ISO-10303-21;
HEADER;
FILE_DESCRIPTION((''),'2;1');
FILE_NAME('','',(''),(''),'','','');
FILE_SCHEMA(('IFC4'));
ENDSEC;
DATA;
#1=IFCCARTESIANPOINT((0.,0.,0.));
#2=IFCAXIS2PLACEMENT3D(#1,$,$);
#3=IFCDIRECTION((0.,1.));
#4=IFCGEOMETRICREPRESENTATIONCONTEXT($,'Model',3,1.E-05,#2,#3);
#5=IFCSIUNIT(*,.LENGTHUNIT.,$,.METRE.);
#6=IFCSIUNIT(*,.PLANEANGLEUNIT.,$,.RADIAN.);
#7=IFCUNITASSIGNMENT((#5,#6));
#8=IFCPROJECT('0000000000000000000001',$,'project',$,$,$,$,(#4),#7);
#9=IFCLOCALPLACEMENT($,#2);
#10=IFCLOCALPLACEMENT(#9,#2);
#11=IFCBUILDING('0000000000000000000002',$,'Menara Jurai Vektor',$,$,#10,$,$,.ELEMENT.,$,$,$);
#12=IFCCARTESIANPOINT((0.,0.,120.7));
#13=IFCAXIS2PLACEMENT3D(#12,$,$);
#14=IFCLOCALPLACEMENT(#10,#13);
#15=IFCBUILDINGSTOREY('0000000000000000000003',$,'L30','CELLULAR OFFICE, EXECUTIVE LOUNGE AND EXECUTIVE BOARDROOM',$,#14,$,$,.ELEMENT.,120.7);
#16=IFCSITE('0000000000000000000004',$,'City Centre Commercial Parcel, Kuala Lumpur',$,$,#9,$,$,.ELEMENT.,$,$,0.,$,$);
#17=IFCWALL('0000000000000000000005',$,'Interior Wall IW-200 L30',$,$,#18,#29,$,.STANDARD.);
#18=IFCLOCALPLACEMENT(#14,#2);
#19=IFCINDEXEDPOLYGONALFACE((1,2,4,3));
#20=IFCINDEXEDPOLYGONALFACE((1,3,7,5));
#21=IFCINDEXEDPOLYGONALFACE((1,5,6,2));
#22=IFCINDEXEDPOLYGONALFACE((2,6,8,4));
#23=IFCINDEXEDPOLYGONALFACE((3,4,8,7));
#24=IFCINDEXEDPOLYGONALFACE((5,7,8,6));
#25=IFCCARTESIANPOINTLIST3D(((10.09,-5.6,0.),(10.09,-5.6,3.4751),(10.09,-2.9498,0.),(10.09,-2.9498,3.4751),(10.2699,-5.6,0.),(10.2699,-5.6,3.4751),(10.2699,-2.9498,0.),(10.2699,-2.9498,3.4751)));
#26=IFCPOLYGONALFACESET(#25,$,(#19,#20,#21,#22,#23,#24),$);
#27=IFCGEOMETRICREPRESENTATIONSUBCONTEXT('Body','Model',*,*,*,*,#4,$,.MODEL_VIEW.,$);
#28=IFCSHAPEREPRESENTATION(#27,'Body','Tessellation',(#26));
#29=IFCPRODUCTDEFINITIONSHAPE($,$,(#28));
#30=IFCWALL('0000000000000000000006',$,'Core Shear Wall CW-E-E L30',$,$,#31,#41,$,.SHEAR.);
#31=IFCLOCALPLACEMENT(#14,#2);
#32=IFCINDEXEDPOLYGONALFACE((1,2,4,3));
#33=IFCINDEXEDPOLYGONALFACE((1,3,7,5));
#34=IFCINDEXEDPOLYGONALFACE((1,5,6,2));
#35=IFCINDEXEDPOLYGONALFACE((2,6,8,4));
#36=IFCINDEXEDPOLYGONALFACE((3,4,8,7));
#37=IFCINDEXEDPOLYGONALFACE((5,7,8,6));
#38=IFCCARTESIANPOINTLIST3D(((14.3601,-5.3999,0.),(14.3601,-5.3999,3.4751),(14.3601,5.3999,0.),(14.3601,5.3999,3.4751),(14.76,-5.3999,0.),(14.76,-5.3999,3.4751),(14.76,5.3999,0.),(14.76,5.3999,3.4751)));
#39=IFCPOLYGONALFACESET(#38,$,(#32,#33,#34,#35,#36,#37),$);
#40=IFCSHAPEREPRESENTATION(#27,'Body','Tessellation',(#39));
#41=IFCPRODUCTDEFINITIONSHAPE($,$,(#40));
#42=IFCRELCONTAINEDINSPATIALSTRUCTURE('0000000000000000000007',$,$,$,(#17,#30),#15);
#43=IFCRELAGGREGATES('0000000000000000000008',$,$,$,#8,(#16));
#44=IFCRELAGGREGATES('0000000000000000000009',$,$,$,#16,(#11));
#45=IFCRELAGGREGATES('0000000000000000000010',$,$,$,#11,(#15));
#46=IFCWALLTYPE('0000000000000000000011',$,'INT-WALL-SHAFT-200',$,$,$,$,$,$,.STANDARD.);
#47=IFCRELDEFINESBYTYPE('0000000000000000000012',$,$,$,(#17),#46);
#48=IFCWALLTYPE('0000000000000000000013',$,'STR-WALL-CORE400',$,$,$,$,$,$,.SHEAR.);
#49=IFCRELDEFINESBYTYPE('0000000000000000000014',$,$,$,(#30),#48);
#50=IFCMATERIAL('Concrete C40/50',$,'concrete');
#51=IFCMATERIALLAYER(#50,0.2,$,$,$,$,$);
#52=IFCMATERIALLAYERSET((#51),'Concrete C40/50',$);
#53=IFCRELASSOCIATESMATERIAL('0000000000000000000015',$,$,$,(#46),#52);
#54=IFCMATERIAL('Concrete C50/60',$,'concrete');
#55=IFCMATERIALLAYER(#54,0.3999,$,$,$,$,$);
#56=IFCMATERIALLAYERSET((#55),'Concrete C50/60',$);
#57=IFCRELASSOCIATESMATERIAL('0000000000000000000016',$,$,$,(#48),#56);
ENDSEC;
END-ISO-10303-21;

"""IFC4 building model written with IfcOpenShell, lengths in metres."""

from ifc_helpers import new_model, si_unit, direction, frame, frame_2d, origin, place, context, subcontext, project, spatial, rectangle, extrude, material, layer, layer_set, type_object, element, save


model = new_model("IFC4")

# Units and contexts
model_context = context("Model", 3, precision=1e-05, world=origin(), true_north=direction((0.0, 1.0)))
body_context = subcontext(model_context, "Body", "Model", "MODEL_VIEW")
ifc_project = project(units=[si_unit("LENGTHUNIT", "METRE"), si_unit("PLANEANGLEUNIT", "RADIAN")], contexts=[model_context])

# Site, building, storey
site_placement = place(None, origin())
site = spatial("IfcSite", under=ifc_project, at=site_placement, Name="City Centre Commercial Parcel, Kuala Lumpur", CompositionType="ELEMENT", RefElevation=0.0)
building_placement = place(site_placement, origin())
building = spatial("IfcBuilding", under=site, at=building_placement, Name="Menara Jurai Vektor", CompositionType="ELEMENT")
storey_placement = place(building_placement, frame((0.0, 0.0, 120.7)))
storey = spatial("IfcBuildingStorey", under=building, at=storey_placement, Name="L30", Description="CELLULAR OFFICE, EXECUTIVE LOUNGE AND EXECUTIVE BOARDROOM", CompositionType="ELEMENT", Elevation=120.7)

# Shared definitions
ifc_material_1 = material(Name="Concrete C50/60", Category="concrete")

# Shared definitions
ifc_material_2 = material(Name="Concrete C40/50", Category="concrete")

# Shared definitions
ifc_layer_1 = layer(ifc_material_2, 0.2)
ifc_layer_set_1 = layer_set([ifc_layer_1], Name="Concrete C40/50")
wall_type_1 = type_object("IfcWallType", Name="INT-WALL-SHAFT-200", PredefinedType="STANDARD", material=ifc_layer_set_1)

# Walls
wall_1_placement = place(storey_placement, frame((10.1799, -5.6001, 0.0), z_axis=(0.0, 0.0, 1.0), x_axis=(0.0, 1.0, 0.0)))
element("IfcWall", 1, at=wall_1_placement, inside=storey, type_object=wall_type_1, Name="Interior Wall IW-200 L30", PredefinedType="STANDARD", context=body_context, shape_type="SweptSolid", body=[
    extrude(rectangle(XDim=2.6501, YDim=0.1799, at=frame_2d((1.3252, 0.0))), origin(), (0.0, 0.0, 1.0), 3.4751),
])
ifc_layer_2 = layer(ifc_material_1, 0.3999)
ifc_layer_set_2 = layer_set([ifc_layer_2], Name="Concrete C50/60")
wall_type_2 = type_object("IfcWallType", Name="STR-WALL-CORE400", PredefinedType="SHEAR", material=ifc_layer_set_2)
wall_2_placement = place(storey_placement, frame((14.5601, -5.3999, 0.0), z_axis=(0.0, 0.0, 1.0), x_axis=(0.0, 1.0, 0.0)))
element("IfcWall", 2, at=wall_2_placement, inside=storey, type_object=wall_type_2, Name="Core Shear Wall CW-E-E L30", PredefinedType="SHEAR", context=body_context, shape_type="SweptSolid", body=[
    extrude(rectangle(XDim=10.7998, YDim=0.3999, at=frame_2d((5.3999, 0.0))), origin(), (0.0, 0.0, 1.0), 3.4751),
])

save(model, "model.ifc")
